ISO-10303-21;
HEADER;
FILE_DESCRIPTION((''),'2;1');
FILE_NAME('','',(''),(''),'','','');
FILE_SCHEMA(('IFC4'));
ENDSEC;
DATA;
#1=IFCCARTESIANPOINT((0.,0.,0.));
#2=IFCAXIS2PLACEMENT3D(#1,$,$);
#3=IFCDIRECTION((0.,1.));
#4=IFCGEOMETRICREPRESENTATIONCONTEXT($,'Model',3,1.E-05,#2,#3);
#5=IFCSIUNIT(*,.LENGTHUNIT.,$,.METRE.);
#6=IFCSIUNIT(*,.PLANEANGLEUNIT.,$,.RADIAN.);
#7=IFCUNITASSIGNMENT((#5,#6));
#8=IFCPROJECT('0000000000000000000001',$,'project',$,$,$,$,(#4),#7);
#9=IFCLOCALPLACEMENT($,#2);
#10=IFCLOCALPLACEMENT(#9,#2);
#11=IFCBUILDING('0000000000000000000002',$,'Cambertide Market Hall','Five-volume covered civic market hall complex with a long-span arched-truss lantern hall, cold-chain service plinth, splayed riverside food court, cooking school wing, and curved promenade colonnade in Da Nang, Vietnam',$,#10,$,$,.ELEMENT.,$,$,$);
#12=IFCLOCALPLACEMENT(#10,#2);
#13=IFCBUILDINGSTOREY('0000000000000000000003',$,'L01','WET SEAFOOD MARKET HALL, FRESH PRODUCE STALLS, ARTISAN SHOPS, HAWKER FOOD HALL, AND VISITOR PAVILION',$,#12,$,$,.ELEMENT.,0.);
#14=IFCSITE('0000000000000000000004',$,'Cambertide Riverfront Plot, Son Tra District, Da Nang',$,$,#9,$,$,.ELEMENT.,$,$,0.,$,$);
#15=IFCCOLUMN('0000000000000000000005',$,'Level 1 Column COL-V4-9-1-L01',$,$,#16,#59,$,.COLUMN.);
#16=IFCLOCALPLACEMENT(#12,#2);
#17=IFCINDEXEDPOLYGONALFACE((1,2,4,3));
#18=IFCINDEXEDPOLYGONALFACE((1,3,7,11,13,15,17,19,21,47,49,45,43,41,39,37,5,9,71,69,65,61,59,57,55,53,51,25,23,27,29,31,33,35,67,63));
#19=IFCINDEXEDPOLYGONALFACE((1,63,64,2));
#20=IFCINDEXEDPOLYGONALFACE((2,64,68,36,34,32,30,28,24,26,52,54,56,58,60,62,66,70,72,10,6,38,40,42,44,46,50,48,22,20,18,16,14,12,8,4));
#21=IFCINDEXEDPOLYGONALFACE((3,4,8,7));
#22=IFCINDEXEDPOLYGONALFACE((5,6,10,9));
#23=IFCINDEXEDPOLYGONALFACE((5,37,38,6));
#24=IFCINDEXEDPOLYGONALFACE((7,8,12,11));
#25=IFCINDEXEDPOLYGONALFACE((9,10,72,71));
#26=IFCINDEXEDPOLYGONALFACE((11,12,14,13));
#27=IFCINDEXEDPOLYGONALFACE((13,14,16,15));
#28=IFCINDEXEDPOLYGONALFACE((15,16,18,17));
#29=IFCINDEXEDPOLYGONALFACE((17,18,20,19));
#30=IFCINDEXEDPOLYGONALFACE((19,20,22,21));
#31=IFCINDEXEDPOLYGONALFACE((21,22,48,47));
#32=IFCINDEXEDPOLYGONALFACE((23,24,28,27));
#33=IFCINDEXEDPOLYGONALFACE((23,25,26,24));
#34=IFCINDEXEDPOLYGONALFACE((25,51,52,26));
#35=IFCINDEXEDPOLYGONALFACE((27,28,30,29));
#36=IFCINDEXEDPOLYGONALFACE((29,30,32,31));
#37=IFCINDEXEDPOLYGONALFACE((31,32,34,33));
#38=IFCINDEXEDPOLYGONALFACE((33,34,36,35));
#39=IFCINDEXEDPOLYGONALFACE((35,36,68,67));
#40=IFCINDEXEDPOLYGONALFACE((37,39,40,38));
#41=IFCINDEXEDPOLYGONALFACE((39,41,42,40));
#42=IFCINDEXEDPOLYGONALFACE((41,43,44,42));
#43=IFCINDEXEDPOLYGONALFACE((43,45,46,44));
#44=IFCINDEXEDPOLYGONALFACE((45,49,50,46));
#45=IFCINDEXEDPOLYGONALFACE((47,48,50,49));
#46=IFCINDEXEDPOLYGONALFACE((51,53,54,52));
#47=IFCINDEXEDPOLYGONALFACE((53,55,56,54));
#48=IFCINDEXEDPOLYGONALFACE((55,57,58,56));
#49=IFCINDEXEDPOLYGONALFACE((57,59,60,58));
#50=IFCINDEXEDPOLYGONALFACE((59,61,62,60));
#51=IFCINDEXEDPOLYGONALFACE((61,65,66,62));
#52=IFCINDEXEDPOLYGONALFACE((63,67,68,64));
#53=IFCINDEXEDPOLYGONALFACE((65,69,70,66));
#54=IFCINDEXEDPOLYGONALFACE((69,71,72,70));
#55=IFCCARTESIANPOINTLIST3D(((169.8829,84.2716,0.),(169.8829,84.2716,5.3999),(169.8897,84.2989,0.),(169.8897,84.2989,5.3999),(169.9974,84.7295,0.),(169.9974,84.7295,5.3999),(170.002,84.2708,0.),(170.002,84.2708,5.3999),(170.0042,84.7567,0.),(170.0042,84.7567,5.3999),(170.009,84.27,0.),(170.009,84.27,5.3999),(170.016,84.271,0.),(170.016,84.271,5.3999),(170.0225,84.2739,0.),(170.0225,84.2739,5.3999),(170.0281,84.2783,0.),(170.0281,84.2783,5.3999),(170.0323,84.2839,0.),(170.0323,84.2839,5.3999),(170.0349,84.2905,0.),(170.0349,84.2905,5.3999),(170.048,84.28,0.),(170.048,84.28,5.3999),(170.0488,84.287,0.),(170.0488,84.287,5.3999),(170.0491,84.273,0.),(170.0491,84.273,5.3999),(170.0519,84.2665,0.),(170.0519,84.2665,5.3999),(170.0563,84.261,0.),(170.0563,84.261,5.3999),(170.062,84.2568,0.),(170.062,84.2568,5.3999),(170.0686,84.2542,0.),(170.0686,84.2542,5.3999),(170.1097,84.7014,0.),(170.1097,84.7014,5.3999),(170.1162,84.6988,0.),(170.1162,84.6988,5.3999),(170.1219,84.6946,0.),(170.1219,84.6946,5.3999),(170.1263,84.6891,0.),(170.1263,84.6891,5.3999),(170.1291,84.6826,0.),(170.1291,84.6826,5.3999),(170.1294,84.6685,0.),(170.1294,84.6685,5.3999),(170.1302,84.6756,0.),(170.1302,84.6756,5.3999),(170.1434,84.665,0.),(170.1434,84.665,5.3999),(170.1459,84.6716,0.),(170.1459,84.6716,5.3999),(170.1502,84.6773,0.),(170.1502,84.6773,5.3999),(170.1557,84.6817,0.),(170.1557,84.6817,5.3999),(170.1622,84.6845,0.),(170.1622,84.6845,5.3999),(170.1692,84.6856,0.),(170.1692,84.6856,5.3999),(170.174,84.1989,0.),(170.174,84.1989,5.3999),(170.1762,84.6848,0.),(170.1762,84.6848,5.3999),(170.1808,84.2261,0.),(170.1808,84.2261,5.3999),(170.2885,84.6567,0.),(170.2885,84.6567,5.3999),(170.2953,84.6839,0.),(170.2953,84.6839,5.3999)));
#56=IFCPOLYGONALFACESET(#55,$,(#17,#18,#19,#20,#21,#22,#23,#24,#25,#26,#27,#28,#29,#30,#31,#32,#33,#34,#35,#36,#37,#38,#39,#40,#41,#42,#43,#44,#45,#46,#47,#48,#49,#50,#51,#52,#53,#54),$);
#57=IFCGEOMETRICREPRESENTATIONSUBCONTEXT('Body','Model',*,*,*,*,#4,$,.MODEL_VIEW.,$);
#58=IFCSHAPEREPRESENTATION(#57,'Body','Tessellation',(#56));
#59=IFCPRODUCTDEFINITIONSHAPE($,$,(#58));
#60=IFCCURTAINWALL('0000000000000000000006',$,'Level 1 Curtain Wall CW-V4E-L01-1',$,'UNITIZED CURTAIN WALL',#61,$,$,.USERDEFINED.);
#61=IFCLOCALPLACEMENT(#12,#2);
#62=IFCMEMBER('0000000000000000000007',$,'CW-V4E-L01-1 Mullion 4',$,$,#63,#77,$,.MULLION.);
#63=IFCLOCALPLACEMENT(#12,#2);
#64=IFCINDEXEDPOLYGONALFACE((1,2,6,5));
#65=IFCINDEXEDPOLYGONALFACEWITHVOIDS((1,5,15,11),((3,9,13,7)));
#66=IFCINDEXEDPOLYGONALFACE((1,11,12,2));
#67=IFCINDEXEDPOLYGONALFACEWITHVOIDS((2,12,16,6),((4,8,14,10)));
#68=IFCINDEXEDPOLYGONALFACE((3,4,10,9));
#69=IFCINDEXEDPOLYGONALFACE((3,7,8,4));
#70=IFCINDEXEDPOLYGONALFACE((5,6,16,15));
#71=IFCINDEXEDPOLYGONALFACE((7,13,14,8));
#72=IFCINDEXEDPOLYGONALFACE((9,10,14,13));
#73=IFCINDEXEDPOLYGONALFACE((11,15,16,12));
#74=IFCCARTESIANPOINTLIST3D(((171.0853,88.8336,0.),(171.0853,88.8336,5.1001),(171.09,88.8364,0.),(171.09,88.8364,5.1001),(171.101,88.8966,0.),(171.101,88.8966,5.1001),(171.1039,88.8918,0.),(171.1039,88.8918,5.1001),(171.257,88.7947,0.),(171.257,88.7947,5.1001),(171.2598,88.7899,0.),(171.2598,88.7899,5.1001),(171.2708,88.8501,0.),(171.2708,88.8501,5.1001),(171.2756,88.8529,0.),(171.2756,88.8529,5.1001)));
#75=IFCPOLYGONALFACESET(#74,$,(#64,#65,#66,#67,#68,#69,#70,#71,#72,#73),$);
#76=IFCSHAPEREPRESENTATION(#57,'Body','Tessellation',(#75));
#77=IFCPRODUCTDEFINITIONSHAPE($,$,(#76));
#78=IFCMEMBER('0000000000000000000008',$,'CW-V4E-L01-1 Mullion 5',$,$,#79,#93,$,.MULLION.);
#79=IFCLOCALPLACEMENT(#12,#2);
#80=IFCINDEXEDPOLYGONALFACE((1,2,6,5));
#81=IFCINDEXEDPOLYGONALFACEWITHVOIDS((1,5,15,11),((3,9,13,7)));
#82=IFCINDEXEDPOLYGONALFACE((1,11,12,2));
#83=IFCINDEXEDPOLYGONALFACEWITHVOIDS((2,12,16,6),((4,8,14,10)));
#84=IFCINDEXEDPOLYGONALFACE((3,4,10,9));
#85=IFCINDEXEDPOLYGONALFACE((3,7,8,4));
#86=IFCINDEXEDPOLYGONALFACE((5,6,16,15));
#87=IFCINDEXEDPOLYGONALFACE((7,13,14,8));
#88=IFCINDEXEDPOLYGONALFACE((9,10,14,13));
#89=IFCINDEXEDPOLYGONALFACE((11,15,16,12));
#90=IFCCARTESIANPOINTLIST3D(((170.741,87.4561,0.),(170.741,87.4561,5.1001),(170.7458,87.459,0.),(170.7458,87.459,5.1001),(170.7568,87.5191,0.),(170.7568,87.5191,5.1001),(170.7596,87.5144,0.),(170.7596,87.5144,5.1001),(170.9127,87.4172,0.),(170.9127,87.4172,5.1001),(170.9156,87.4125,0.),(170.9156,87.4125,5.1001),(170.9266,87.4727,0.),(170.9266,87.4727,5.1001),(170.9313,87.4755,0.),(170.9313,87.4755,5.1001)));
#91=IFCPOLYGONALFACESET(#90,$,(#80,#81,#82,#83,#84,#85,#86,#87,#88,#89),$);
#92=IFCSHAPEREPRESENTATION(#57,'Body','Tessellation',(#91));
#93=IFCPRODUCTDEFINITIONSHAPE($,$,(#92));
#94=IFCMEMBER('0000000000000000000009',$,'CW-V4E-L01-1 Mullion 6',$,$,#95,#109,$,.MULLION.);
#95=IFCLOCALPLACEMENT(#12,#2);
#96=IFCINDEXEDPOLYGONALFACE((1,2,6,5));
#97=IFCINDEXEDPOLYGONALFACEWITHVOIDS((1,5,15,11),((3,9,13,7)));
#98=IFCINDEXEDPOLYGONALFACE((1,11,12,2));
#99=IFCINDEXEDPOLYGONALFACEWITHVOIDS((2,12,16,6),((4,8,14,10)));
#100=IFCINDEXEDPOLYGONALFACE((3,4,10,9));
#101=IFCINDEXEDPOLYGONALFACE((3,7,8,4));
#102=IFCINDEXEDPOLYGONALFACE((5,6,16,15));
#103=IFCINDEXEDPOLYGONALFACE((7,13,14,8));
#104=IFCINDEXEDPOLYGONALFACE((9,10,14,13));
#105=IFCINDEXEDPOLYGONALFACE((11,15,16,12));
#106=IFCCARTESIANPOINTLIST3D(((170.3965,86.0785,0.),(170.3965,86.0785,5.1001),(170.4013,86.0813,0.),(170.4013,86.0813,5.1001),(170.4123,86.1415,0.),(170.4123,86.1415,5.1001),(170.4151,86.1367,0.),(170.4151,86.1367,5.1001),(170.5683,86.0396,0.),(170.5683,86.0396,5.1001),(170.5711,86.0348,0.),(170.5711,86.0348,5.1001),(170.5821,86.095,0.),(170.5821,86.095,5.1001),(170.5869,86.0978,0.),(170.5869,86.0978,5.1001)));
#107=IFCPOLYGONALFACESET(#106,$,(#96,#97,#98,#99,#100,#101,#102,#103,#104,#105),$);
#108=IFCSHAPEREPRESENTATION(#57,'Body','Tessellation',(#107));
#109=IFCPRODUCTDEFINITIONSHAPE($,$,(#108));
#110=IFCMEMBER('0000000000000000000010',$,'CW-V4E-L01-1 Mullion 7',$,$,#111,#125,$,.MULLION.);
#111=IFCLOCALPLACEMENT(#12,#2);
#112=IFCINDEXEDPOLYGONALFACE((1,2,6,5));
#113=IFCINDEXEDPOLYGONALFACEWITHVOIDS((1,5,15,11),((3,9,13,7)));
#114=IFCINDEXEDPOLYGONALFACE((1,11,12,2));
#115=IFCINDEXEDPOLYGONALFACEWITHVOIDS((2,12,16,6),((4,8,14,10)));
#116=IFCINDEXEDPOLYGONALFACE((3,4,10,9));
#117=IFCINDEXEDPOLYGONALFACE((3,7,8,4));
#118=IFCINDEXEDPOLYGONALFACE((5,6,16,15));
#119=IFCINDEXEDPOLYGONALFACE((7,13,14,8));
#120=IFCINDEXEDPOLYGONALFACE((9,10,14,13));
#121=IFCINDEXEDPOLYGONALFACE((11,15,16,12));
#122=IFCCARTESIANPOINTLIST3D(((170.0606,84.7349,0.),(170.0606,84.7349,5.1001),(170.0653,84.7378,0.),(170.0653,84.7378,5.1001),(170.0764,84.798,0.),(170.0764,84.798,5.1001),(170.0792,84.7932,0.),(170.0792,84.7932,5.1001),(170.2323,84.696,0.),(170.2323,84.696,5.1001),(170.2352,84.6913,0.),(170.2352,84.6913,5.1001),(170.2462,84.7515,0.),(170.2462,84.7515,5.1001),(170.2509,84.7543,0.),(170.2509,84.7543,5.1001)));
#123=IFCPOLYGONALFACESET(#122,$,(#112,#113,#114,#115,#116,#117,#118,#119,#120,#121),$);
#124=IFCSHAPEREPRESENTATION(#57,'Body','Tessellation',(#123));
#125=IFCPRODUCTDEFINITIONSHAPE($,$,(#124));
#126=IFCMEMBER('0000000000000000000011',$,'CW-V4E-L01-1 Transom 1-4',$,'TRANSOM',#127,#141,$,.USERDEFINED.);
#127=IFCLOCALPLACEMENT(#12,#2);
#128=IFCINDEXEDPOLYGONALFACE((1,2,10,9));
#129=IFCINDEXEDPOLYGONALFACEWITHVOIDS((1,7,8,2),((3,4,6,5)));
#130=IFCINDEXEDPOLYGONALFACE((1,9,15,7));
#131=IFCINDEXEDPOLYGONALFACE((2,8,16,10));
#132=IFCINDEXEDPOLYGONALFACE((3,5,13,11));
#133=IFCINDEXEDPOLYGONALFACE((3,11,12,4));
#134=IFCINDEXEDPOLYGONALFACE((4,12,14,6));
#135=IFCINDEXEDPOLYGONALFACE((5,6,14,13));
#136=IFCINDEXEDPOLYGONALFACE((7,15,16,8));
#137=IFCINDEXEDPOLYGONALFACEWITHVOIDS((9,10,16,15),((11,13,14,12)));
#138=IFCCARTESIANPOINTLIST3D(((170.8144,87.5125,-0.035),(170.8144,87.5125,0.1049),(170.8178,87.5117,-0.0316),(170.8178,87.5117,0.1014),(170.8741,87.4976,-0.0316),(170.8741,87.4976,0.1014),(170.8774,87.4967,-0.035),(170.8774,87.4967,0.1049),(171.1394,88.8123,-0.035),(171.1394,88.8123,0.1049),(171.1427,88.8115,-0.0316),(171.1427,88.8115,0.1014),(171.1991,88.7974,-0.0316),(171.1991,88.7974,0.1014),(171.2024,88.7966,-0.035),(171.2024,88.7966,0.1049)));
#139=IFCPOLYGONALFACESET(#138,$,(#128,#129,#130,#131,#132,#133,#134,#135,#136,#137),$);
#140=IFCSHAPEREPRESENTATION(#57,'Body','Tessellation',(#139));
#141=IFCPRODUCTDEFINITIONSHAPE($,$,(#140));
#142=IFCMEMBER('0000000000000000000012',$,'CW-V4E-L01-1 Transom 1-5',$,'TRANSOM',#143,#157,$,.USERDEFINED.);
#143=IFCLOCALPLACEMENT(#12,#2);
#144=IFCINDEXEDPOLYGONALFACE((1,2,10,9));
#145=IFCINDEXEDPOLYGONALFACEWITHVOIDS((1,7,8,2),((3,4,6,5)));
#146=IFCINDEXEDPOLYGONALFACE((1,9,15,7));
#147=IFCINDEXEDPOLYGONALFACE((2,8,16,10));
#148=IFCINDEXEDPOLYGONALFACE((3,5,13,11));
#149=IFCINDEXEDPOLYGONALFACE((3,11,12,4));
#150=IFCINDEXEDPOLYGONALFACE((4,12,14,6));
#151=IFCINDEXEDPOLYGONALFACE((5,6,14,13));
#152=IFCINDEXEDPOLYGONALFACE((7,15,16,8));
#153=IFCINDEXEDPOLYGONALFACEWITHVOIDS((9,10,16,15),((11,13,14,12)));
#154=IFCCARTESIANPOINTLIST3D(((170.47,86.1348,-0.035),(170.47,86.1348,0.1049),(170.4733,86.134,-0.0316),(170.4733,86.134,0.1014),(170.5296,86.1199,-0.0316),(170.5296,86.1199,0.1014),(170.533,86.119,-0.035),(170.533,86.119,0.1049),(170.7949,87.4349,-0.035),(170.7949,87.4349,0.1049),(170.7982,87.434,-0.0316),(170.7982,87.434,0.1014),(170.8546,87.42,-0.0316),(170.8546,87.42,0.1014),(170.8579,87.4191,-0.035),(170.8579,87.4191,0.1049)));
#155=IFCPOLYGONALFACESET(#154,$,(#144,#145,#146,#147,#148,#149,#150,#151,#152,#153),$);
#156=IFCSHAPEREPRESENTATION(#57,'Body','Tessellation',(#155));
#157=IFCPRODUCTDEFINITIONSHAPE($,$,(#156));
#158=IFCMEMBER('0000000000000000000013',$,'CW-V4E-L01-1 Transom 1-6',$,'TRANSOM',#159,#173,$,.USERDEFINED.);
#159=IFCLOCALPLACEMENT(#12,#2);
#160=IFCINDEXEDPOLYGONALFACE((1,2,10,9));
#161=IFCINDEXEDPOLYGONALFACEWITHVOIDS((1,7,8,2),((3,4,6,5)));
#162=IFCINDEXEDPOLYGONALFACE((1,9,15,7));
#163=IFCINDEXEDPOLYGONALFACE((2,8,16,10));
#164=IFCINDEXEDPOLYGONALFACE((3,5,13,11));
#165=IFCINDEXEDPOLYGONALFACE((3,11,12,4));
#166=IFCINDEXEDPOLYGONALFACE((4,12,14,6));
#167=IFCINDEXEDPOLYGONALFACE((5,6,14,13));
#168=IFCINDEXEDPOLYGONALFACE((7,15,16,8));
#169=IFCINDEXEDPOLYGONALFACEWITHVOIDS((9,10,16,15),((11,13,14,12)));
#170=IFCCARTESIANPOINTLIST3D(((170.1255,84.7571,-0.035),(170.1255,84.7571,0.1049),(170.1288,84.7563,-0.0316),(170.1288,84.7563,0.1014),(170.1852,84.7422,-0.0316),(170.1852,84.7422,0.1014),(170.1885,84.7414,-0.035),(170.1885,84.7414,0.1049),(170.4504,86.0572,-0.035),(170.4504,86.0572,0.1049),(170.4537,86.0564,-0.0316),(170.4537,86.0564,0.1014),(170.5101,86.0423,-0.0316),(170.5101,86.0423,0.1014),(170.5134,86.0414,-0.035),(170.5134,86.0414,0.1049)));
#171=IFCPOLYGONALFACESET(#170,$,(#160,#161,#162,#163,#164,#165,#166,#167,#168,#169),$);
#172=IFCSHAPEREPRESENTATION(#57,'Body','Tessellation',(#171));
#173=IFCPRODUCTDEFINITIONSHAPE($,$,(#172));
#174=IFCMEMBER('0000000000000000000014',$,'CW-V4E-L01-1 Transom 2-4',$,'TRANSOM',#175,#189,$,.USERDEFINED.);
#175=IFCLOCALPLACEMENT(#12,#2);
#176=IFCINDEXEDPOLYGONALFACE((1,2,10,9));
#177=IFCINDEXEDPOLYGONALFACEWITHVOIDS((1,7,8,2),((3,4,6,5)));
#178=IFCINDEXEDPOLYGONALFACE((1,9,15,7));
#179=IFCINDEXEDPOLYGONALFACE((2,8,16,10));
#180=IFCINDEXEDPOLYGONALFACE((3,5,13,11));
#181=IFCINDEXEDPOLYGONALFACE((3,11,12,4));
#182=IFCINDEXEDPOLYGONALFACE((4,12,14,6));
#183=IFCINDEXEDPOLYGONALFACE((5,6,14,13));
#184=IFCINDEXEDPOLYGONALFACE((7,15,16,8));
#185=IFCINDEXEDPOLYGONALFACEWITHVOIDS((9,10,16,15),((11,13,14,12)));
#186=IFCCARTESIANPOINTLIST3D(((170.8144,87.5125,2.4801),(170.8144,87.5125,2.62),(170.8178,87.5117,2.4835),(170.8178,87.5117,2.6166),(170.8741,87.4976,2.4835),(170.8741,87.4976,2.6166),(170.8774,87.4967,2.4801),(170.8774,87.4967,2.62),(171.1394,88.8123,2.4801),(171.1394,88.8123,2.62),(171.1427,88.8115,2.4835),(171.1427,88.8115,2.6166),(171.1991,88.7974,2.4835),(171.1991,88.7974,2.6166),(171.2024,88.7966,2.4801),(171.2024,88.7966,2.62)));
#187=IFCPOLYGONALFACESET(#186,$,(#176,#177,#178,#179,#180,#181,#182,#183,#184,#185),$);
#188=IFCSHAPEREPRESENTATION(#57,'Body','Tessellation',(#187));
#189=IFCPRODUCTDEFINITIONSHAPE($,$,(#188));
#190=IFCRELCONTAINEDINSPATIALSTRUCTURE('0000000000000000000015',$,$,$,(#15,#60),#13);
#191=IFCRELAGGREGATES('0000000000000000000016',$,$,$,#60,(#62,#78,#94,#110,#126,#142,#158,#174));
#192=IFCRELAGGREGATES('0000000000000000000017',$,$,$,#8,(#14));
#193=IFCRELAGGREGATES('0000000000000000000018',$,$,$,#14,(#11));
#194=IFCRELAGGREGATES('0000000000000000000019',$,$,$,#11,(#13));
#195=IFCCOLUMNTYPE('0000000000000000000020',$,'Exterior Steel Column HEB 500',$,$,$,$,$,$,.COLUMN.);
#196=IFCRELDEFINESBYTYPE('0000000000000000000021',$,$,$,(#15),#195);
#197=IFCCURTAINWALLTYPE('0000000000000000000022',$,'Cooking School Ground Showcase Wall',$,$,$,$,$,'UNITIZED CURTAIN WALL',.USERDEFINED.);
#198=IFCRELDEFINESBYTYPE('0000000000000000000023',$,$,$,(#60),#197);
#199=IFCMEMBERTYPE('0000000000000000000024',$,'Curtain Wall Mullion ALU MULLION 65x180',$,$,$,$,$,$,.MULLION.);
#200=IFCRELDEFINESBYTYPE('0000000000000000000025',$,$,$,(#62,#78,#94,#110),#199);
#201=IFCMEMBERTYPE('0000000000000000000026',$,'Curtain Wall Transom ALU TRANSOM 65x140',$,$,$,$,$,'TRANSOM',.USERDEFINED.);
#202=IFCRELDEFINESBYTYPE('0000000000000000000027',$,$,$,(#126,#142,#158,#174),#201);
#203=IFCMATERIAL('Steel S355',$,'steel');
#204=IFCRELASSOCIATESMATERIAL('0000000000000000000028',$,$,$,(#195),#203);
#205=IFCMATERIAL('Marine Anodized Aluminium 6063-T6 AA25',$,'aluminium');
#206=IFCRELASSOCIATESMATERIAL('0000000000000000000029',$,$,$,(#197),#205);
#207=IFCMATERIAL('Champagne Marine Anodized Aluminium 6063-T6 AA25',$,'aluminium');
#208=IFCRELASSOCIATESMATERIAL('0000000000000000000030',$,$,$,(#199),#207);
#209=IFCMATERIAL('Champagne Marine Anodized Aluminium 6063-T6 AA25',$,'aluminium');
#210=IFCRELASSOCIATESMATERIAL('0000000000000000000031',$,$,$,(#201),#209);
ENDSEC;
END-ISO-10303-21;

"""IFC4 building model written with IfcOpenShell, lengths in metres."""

from ifc_helpers import new_model, si_unit, direction, frame, origin, origin_2d, place, context, subcontext, project, spatial, hollow_rectangle, i_section, extrude, material, material_profile, profile_set, type_object, element, aggregate, save


model = new_model("IFC4")

# Units and contexts
model_context = context("Model", 3, precision=1e-05, world=origin(), true_north=direction((0.0, 1.0)))
body_context = subcontext(model_context, "Body", "Model", "MODEL_VIEW")
ifc_project = project(units=[si_unit("LENGTHUNIT", "METRE"), si_unit("PLANEANGLEUNIT", "RADIAN")], contexts=[model_context])

# Site, building, storey
site_placement = place(None, origin())
site = spatial("IfcSite", under=ifc_project, at=site_placement, Name="Cambertide Riverfront Plot, Son Tra District, Da Nang", CompositionType="ELEMENT", RefElevation=0.0)
building_placement = place(site_placement, origin())
building = spatial("IfcBuilding", under=site, at=building_placement, Name="Cambertide Market Hall", Description="Five-volume covered civic market hall complex with a long-span arched-truss lantern hall, cold-chain service plinth, splayed riverside food court, cooking school wing, and curved promenade colonnade in Da Nang, Vietnam", CompositionType="ELEMENT")
storey_placement = place(building_placement, origin())
storey = spatial("IfcBuildingStorey", under=building, at=storey_placement, Name="L01", Description="WET SEAFOOD MARKET HALL, FRESH PRODUCE STALLS, ARTISAN SHOPS, HAWKER FOOD HALL, AND VISITOR PAVILION", CompositionType="ELEMENT", Elevation=0.0)

# Column
ifc_material_1 = material(Name="Steel S355", Category="steel")
ifc_material_profile_1 = material_profile(ifc_material_1, i_section(OverallWidth=0.3, OverallDepth=0.5, WebThickness=0.0144, FlangeThickness=0.0281, FilletRadius=0.0271, at=origin_2d()), Name="HEB 500")
ifc_profile_set_1 = profile_set([ifc_material_profile_1], Name="Steel S355")
column_type = type_object("IfcColumnType", Name="Exterior Steel Column HEB 500", PredefinedType="COLUMN", material=ifc_profile_set_1)
column_placement = place(storey_placement, frame((170.0891, 84.4778, 0.0), z_axis=(0.0, 0.0, 1.0), x_axis=(0.970143, -0.242536, 0.0)))
element("IfcColumn", 1, at=column_placement, inside=storey, type_object=column_type, Name="Level 1 Column COL-V4-9-1-L01", PredefinedType="COLUMN", context=body_context, shape_type="SweptSolid", body=[
    extrude(i_section(OverallWidth=0.3, OverallDepth=0.5, WebThickness=0.0144, FlangeThickness=0.0281, FilletRadius=0.0271, at=origin_2d()), origin(), (0.0, 0.0, 1.0), 5.3999),
])

# Curtain wall, members
ifc_material_2 = material(Name="Marine Anodized Aluminium 6063-T6 AA25", Category="aluminium")
curtain_wall_type = type_object("IfcCurtainWallType", Name="Cooking School Ground Showcase Wall", ElementType="UNITIZED CURTAIN WALL", PredefinedType="USERDEFINED", material=ifc_material_2)
curtain_wall_placement = place(storey_placement, origin())
curtain_wall = element("IfcCurtainWall", 2, at=curtain_wall_placement, inside=storey, type_object=curtain_wall_type, Name="Level 1 Curtain Wall CW-V4E-L01-1", ObjectType="UNITIZED CURTAIN WALL", PredefinedType="USERDEFINED")
ifc_material_3 = material(Name="Champagne Marine Anodized Aluminium 6063-T6 AA25", Category="aluminium")
ifc_material_profile_2 = material_profile(ifc_material_3, hollow_rectangle(XDim=0.0649, YDim=0.1799, WallThickness=0.0039, at=origin_2d()), Name="ALU MULLION 65x180")
ifc_profile_set_2 = profile_set([ifc_material_profile_2], Name="Champagne Marine Anodized Aluminium 6063-T6 AA25")
member_type_1 = type_object("IfcMemberType", Name="Curtain Wall Mullion ALU MULLION 65x180", PredefinedType="MULLION", material=ifc_profile_set_2)
member_1_placement = place(storey_placement, frame((171.1804, 88.8433, 0.0), z_axis=(0.0, 0.0, 1.0), x_axis=(-0.242536, -0.970143, 0.0)))
member_1 = element("IfcMember", 3, at=member_1_placement, type_object=member_type_1, Name="CW-V4E-L01-1 Mullion 4", PredefinedType="MULLION", context=body_context, shape_type="SweptSolid", body=[
    extrude(hollow_rectangle(XDim=0.0649, YDim=0.1799, WallThickness=0.0039, at=origin_2d()), origin(), (0.0, 0.0, 1.0), 5.1001),
])
member_2_placement = place(storey_placement, frame((170.8362, 87.4658, 0.0), z_axis=(0.0, 0.0, 1.0), x_axis=(-0.242536, -0.970143, 0.0)))
member_2 = element("IfcMember", 4, at=member_2_placement, type_object=member_type_1, Name="CW-V4E-L01-1 Mullion 5", PredefinedType="MULLION", context=body_context, shape_type="SweptSolid", body=[
    extrude(hollow_rectangle(XDim=0.0649, YDim=0.1799, WallThickness=0.0039, at=origin_2d()), origin(), (0.0, 0.0, 1.0), 5.1001),
])
member_3_placement = place(storey_placement, frame((170.4917, 86.0881, 0.0), z_axis=(0.0, 0.0, 1.0), x_axis=(-0.242536, -0.970143, 0.0)))
member_3 = element("IfcMember", 5, at=member_3_placement, type_object=member_type_1, Name="CW-V4E-L01-1 Mullion 6", PredefinedType="MULLION", context=body_context, shape_type="SweptSolid", body=[
    extrude(hollow_rectangle(XDim=0.0649, YDim=0.1799, WallThickness=0.0039, at=origin_2d()), origin(), (0.0, 0.0, 1.0), 5.1001),
])
member_4_placement = place(storey_placement, frame((170.1558, 84.7446, 0.0), z_axis=(0.0, 0.0, 1.0), x_axis=(-0.242536, -0.970143, 0.0)))
member_4 = element("IfcMember", 6, at=member_4_placement, type_object=member_type_1, Name="CW-V4E-L01-1 Mullion 7", PredefinedType="MULLION", context=body_context, shape_type="SweptSolid", body=[
    extrude(hollow_rectangle(XDim=0.0649, YDim=0.1799, WallThickness=0.0039, at=origin_2d()), origin(), (0.0, 0.0, 1.0), 5.1001),
])
ifc_material_4 = material(Name="Champagne Marine Anodized Aluminium 6063-T6 AA25", Category="aluminium")
ifc_material_profile_3 = material_profile(ifc_material_4, hollow_rectangle(XDim=0.0649, YDim=0.1399, WallThickness=0.0034, at=origin_2d()), Name="ALU TRANSOM 65x140")
ifc_profile_set_3 = profile_set([ifc_material_profile_3], Name="Champagne Marine Anodized Aluminium 6063-T6 AA25")
member_type_2 = type_object("IfcMemberType", Name="Curtain Wall Transom ALU TRANSOM 65x140", ElementType="TRANSOM", PredefinedType="USERDEFINED", material=ifc_profile_set_3)
member_5_placement = place(storey_placement, frame((171.1709, 88.8044, 0.0349), z_axis=(-0.242536, -0.970143, 0.0), x_axis=(0.970143, -0.242536, 0.0)))
member_5 = element("IfcMember", 7, at=member_5_placement, type_object=member_type_2, Name="CW-V4E-L01-1 Transom 1-4", ObjectType="TRANSOM", PredefinedType="USERDEFINED", context=body_context, shape_type="SweptSolid", body=[
    extrude(hollow_rectangle(XDim=0.0649, YDim=0.1399, WallThickness=0.0034, at=origin_2d()), origin(), (0.0, 0.0, 1.0), 1.3398),
])
member_6_placement = place(storey_placement, frame((170.8264, 87.427, 0.0349), z_axis=(-0.242493, -0.970153, 0.0), x_axis=(0.970153, -0.242493, 0.0)))
member_6 = element("IfcMember", 8, at=member_6_placement, type_object=member_type_2, Name="CW-V4E-L01-1 Transom 1-5", ObjectType="TRANSOM", PredefinedType="USERDEFINED", context=body_context, shape_type="SweptSolid", body=[
    extrude(hollow_rectangle(XDim=0.0649, YDim=0.1399, WallThickness=0.0034, at=origin_2d()), origin(), (0.0, 0.0, 1.0), 1.3401),
])
member_7_placement = place(storey_placement, frame((170.4819, 86.0493, 0.0349), z_axis=(-0.242493, -0.970153, 0.0), x_axis=(0.970153, -0.242493, 0.0)))
member_7 = element("IfcMember", 9, at=member_7_placement, type_object=member_type_2, Name="CW-V4E-L01-1 Transom 1-6", ObjectType="TRANSOM", PredefinedType="USERDEFINED", context=body_context, shape_type="SweptSolid", body=[
    extrude(hollow_rectangle(XDim=0.0649, YDim=0.1399, WallThickness=0.0034, at=origin_2d()), origin(), (0.0, 0.0, 1.0), 1.3401),
])
member_8_placement = place(storey_placement, frame((171.1709, 88.8044, 2.55), z_axis=(-0.242536, -0.970143, 0.0), x_axis=(0.970143, -0.242536, 0.0)))
member_8 = element("IfcMember", 10, at=member_8_placement, type_object=member_type_2, Name="CW-V4E-L01-1 Transom 2-4", ObjectType="TRANSOM", PredefinedType="USERDEFINED", context=body_context, shape_type="SweptSolid", body=[
    extrude(hollow_rectangle(XDim=0.0649, YDim=0.1399, WallThickness=0.0034, at=origin_2d()), origin(), (0.0, 0.0, 1.0), 1.3398),
])

aggregate(curtain_wall, [member_1, member_2, member_3, member_4, member_5, member_6, member_7, member_8])

save(model, "model.ifc")
